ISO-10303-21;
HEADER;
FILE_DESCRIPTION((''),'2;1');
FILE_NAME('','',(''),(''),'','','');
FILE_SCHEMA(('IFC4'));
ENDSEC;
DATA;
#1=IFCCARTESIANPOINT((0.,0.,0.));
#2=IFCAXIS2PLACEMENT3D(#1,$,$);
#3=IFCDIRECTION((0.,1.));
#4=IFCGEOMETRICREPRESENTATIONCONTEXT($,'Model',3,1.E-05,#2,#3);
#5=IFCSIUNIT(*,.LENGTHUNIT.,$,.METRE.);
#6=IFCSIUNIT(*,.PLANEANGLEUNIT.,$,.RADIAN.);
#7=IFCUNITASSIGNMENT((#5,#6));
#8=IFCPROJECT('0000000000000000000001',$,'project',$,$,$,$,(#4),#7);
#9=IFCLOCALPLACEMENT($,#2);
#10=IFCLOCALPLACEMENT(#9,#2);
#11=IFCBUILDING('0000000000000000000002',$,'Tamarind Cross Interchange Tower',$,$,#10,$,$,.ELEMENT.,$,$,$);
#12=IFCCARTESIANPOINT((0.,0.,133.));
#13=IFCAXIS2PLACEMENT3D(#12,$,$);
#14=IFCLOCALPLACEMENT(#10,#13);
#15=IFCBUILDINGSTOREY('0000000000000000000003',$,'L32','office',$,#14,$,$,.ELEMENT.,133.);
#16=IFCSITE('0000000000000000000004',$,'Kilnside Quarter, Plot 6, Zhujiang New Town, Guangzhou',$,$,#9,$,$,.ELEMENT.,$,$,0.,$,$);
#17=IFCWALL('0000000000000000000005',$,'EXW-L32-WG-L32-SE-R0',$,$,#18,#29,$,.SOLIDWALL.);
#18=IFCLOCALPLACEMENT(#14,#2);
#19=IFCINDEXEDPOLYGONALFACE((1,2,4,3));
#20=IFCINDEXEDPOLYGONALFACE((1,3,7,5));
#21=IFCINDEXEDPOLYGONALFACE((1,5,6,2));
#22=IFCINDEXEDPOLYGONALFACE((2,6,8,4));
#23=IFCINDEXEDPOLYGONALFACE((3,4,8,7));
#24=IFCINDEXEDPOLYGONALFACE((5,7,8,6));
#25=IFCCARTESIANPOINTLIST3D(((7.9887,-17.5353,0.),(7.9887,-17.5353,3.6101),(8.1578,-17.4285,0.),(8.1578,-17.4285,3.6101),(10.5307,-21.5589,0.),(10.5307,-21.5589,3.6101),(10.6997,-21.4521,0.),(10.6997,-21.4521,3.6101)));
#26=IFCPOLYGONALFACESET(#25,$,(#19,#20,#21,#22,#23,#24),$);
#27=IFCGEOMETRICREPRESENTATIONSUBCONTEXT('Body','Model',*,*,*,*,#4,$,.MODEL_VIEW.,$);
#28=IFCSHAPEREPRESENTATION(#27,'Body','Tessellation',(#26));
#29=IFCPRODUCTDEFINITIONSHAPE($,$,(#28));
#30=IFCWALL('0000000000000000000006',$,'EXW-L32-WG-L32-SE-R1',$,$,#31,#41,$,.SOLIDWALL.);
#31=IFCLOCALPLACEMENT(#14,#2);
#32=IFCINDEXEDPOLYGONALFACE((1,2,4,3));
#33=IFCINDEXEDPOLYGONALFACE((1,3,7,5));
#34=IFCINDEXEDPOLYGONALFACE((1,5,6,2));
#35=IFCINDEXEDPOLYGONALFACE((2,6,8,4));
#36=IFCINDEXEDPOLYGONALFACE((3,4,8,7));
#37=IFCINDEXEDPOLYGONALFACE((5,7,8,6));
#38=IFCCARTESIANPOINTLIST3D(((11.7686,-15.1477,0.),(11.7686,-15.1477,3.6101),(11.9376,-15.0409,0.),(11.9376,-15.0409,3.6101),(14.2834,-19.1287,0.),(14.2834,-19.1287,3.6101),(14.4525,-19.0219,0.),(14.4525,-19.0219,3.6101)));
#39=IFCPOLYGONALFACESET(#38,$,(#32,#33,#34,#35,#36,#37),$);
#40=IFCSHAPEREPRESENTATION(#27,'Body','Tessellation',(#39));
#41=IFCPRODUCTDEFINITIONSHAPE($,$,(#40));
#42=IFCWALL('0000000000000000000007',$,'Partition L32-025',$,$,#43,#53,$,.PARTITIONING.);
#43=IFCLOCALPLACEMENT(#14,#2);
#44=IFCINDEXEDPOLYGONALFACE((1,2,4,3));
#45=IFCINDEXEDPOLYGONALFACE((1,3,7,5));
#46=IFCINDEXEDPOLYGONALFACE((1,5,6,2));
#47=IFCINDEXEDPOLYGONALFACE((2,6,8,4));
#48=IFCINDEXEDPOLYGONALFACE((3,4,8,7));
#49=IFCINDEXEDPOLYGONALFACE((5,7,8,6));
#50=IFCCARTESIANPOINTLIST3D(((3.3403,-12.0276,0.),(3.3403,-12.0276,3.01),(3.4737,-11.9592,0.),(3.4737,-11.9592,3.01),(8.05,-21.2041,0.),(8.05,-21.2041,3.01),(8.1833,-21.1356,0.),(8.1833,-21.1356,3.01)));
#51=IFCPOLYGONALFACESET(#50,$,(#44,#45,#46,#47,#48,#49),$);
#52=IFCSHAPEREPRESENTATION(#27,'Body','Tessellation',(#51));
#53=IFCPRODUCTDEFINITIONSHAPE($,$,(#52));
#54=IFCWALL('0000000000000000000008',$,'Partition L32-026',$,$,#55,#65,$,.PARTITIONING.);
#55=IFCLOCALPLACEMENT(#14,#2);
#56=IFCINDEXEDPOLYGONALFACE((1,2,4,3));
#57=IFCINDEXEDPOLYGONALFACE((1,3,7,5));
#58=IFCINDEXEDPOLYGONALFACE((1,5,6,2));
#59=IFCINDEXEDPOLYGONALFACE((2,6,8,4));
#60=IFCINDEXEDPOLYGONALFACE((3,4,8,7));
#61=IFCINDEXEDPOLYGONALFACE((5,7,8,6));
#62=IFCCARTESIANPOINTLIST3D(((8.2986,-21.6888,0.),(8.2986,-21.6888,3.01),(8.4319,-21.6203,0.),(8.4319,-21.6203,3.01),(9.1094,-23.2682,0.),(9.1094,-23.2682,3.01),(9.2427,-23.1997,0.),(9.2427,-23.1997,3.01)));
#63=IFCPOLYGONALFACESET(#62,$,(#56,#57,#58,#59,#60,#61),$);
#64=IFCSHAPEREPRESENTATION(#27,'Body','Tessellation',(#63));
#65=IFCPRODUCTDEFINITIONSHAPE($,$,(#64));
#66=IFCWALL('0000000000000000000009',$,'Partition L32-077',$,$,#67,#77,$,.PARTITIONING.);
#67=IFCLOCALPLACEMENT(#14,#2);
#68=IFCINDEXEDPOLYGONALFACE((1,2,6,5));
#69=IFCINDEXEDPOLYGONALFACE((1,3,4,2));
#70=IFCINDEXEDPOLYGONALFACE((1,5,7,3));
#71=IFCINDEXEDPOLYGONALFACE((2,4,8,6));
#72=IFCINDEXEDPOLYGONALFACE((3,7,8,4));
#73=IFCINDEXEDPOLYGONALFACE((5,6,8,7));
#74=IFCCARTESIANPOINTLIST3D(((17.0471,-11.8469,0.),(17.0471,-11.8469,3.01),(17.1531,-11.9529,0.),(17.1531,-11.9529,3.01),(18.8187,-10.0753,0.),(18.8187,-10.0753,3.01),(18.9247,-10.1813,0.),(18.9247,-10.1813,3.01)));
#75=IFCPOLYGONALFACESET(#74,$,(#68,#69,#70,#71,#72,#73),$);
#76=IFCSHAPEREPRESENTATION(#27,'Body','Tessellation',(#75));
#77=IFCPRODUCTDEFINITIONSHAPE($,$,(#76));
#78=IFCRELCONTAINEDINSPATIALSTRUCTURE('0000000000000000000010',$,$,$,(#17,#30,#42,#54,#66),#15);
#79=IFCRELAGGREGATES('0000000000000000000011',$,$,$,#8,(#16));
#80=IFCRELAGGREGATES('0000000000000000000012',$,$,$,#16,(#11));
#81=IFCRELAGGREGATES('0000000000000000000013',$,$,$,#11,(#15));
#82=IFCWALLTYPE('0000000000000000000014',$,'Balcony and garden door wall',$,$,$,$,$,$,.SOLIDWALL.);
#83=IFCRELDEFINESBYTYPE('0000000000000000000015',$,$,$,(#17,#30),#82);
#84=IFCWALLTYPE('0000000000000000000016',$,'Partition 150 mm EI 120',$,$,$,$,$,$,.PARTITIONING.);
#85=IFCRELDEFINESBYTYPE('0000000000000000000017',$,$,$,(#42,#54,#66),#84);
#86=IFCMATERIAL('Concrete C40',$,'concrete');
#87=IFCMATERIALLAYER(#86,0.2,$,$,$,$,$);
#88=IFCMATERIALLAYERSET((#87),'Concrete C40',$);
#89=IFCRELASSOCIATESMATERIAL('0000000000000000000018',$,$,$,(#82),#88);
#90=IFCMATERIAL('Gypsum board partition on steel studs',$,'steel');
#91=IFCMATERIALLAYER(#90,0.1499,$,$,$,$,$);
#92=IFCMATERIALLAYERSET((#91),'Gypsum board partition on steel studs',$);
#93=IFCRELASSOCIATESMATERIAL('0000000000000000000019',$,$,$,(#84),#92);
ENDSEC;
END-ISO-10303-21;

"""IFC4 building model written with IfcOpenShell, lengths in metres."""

from ifc_helpers import new_model, si_unit, direction, frame, frame_2d, origin, place, context, subcontext, project, spatial, rectangle, extrude, material, layer, layer_set, type_object, element, save


model = new_model("IFC4")

# Units and contexts
model_context = context("Model", 3, precision=1e-05, world=origin(), true_north=direction((0.0, 1.0)))
body_context = subcontext(model_context, "Body", "Model", "MODEL_VIEW")
ifc_project = project(units=[si_unit("LENGTHUNIT", "METRE"), si_unit("PLANEANGLEUNIT", "RADIAN")], contexts=[model_context])

# Site, building, storey
site_placement = place(None, origin())
site = spatial("IfcSite", under=ifc_project, at=site_placement, Name="Kilnside Quarter, Plot 6, Zhujiang New Town, Guangzhou", CompositionType="ELEMENT", RefElevation=0.0)
building_placement = place(site_placement, origin())
building = spatial("IfcBuilding", under=site, at=building_placement, Name="Tamarind Cross Interchange Tower", CompositionType="ELEMENT")
storey_placement = place(building_placement, frame((0.0, 0.0, 133.0)))
storey = spatial("IfcBuildingStorey", under=building, at=storey_placement, Name="L32", Description="office", CompositionType="ELEMENT", Elevation=133.0)

# Shared definitions
ifc_material_1 = material(Name="Concrete C40", Category="concrete")
ifc_layer_1 = layer(ifc_material_1, 0.2)
ifc_layer_set_1 = layer_set([ifc_layer_1], Name="Concrete C40")
wall_type_1 = type_object("IfcWallType", Name="Balcony and garden door wall", PredefinedType="SOLIDWALL", material=ifc_layer_set_1)

# Walls
wall_1_placement = place(storey_placement, frame((8.0732, -17.4819, 0.0), z_axis=(0.0, 0.0, 1.0), x_axis=(0.534101, -0.845421, 0.0)))
element("IfcWall", 1, at=wall_1_placement, inside=storey, type_object=wall_type_1, Name="EXW-L32-WG-L32-SE-R0", PredefinedType="SOLIDWALL", context=body_context, shape_type="SweptSolid", body=[
    extrude(rectangle(XDim=4.7593, YDim=0.2, at=frame_2d((2.3796, 0.0))), origin(), (0.0, 0.0, 1.0), 3.6101),
])
wall_2_placement = place(storey_placement, frame((11.853, -15.0942, 0.0), z_axis=(0.0, 0.0, 1.0), x_axis=(0.534085, -0.845431, 0.0)))
element("IfcWall", 2, at=wall_2_placement, inside=storey, type_object=wall_type_1, Name="EXW-L32-WG-L32-SE-R1", PredefinedType="SOLIDWALL", context=body_context, shape_type="SweptSolid", body=[
    extrude(rectangle(XDim=4.7087, YDim=0.2, at=frame_2d((2.3545, 0.0))), origin(), (0.0, 0.0, 1.0), 3.6101),
])
ifc_material_2 = material(Name="Gypsum board partition on steel studs", Category="steel")
ifc_layer_2 = layer(ifc_material_2, 0.1499)
ifc_layer_set_2 = layer_set([ifc_layer_2], Name="Gypsum board partition on steel studs")
wall_type_2 = type_object("IfcWallType", Name="Partition 150 mm EI 120", PredefinedType="PARTITIONING", material=ifc_layer_set_2)
wall_3_placement = place(storey_placement, frame((3.407, -11.9934, 0.0), z_axis=(0.0, 0.0, 1.0), x_axis=(0.456609, -0.889667, 0.0)))
element("IfcWall", 3, at=wall_3_placement, inside=storey, type_object=wall_type_2, Name="Partition L32-025", PredefinedType="PARTITIONING", context=body_context, shape_type="SweptSolid", body=[
    extrude(rectangle(XDim=10.3145, YDim=0.1499, at=frame_2d((5.1572, 0.0))), origin(), (0.0, 0.0, 1.0), 3.01),
])
wall_4_placement = place(storey_placement, frame((8.3652, -21.6545, 0.0), z_axis=(0.0, 0.0, 1.0), x_axis=(0.456705, -0.889618, 0.0)))
element("IfcWall", 4, at=wall_4_placement, inside=storey, type_object=wall_type_2, Name="Partition L32-026", PredefinedType="PARTITIONING", context=body_context, shape_type="SweptSolid", body=[
    extrude(rectangle(XDim=1.7754, YDim=0.1499, at=frame_2d((0.8877, 0.0))), origin(), (0.0, 0.0, 1.0), 3.01),
])
wall_5_placement = place(storey_placement, frame((17.1001, -11.8999, 0.0), z_axis=(0.0, 0.0, 1.0), x_axis=(0.707107, 0.707107, 0.0)))
element("IfcWall", 5, at=wall_5_placement, inside=storey, type_object=wall_type_2, Name="Partition L32-077", PredefinedType="PARTITIONING", context=body_context, shape_type="SweptSolid", body=[
    extrude(rectangle(XDim=2.5054, YDim=0.1499, at=frame_2d((1.2527, 0.0))), origin(), (0.0, 0.0, 1.0), 3.01),
])

save(model, "model.ifc")
